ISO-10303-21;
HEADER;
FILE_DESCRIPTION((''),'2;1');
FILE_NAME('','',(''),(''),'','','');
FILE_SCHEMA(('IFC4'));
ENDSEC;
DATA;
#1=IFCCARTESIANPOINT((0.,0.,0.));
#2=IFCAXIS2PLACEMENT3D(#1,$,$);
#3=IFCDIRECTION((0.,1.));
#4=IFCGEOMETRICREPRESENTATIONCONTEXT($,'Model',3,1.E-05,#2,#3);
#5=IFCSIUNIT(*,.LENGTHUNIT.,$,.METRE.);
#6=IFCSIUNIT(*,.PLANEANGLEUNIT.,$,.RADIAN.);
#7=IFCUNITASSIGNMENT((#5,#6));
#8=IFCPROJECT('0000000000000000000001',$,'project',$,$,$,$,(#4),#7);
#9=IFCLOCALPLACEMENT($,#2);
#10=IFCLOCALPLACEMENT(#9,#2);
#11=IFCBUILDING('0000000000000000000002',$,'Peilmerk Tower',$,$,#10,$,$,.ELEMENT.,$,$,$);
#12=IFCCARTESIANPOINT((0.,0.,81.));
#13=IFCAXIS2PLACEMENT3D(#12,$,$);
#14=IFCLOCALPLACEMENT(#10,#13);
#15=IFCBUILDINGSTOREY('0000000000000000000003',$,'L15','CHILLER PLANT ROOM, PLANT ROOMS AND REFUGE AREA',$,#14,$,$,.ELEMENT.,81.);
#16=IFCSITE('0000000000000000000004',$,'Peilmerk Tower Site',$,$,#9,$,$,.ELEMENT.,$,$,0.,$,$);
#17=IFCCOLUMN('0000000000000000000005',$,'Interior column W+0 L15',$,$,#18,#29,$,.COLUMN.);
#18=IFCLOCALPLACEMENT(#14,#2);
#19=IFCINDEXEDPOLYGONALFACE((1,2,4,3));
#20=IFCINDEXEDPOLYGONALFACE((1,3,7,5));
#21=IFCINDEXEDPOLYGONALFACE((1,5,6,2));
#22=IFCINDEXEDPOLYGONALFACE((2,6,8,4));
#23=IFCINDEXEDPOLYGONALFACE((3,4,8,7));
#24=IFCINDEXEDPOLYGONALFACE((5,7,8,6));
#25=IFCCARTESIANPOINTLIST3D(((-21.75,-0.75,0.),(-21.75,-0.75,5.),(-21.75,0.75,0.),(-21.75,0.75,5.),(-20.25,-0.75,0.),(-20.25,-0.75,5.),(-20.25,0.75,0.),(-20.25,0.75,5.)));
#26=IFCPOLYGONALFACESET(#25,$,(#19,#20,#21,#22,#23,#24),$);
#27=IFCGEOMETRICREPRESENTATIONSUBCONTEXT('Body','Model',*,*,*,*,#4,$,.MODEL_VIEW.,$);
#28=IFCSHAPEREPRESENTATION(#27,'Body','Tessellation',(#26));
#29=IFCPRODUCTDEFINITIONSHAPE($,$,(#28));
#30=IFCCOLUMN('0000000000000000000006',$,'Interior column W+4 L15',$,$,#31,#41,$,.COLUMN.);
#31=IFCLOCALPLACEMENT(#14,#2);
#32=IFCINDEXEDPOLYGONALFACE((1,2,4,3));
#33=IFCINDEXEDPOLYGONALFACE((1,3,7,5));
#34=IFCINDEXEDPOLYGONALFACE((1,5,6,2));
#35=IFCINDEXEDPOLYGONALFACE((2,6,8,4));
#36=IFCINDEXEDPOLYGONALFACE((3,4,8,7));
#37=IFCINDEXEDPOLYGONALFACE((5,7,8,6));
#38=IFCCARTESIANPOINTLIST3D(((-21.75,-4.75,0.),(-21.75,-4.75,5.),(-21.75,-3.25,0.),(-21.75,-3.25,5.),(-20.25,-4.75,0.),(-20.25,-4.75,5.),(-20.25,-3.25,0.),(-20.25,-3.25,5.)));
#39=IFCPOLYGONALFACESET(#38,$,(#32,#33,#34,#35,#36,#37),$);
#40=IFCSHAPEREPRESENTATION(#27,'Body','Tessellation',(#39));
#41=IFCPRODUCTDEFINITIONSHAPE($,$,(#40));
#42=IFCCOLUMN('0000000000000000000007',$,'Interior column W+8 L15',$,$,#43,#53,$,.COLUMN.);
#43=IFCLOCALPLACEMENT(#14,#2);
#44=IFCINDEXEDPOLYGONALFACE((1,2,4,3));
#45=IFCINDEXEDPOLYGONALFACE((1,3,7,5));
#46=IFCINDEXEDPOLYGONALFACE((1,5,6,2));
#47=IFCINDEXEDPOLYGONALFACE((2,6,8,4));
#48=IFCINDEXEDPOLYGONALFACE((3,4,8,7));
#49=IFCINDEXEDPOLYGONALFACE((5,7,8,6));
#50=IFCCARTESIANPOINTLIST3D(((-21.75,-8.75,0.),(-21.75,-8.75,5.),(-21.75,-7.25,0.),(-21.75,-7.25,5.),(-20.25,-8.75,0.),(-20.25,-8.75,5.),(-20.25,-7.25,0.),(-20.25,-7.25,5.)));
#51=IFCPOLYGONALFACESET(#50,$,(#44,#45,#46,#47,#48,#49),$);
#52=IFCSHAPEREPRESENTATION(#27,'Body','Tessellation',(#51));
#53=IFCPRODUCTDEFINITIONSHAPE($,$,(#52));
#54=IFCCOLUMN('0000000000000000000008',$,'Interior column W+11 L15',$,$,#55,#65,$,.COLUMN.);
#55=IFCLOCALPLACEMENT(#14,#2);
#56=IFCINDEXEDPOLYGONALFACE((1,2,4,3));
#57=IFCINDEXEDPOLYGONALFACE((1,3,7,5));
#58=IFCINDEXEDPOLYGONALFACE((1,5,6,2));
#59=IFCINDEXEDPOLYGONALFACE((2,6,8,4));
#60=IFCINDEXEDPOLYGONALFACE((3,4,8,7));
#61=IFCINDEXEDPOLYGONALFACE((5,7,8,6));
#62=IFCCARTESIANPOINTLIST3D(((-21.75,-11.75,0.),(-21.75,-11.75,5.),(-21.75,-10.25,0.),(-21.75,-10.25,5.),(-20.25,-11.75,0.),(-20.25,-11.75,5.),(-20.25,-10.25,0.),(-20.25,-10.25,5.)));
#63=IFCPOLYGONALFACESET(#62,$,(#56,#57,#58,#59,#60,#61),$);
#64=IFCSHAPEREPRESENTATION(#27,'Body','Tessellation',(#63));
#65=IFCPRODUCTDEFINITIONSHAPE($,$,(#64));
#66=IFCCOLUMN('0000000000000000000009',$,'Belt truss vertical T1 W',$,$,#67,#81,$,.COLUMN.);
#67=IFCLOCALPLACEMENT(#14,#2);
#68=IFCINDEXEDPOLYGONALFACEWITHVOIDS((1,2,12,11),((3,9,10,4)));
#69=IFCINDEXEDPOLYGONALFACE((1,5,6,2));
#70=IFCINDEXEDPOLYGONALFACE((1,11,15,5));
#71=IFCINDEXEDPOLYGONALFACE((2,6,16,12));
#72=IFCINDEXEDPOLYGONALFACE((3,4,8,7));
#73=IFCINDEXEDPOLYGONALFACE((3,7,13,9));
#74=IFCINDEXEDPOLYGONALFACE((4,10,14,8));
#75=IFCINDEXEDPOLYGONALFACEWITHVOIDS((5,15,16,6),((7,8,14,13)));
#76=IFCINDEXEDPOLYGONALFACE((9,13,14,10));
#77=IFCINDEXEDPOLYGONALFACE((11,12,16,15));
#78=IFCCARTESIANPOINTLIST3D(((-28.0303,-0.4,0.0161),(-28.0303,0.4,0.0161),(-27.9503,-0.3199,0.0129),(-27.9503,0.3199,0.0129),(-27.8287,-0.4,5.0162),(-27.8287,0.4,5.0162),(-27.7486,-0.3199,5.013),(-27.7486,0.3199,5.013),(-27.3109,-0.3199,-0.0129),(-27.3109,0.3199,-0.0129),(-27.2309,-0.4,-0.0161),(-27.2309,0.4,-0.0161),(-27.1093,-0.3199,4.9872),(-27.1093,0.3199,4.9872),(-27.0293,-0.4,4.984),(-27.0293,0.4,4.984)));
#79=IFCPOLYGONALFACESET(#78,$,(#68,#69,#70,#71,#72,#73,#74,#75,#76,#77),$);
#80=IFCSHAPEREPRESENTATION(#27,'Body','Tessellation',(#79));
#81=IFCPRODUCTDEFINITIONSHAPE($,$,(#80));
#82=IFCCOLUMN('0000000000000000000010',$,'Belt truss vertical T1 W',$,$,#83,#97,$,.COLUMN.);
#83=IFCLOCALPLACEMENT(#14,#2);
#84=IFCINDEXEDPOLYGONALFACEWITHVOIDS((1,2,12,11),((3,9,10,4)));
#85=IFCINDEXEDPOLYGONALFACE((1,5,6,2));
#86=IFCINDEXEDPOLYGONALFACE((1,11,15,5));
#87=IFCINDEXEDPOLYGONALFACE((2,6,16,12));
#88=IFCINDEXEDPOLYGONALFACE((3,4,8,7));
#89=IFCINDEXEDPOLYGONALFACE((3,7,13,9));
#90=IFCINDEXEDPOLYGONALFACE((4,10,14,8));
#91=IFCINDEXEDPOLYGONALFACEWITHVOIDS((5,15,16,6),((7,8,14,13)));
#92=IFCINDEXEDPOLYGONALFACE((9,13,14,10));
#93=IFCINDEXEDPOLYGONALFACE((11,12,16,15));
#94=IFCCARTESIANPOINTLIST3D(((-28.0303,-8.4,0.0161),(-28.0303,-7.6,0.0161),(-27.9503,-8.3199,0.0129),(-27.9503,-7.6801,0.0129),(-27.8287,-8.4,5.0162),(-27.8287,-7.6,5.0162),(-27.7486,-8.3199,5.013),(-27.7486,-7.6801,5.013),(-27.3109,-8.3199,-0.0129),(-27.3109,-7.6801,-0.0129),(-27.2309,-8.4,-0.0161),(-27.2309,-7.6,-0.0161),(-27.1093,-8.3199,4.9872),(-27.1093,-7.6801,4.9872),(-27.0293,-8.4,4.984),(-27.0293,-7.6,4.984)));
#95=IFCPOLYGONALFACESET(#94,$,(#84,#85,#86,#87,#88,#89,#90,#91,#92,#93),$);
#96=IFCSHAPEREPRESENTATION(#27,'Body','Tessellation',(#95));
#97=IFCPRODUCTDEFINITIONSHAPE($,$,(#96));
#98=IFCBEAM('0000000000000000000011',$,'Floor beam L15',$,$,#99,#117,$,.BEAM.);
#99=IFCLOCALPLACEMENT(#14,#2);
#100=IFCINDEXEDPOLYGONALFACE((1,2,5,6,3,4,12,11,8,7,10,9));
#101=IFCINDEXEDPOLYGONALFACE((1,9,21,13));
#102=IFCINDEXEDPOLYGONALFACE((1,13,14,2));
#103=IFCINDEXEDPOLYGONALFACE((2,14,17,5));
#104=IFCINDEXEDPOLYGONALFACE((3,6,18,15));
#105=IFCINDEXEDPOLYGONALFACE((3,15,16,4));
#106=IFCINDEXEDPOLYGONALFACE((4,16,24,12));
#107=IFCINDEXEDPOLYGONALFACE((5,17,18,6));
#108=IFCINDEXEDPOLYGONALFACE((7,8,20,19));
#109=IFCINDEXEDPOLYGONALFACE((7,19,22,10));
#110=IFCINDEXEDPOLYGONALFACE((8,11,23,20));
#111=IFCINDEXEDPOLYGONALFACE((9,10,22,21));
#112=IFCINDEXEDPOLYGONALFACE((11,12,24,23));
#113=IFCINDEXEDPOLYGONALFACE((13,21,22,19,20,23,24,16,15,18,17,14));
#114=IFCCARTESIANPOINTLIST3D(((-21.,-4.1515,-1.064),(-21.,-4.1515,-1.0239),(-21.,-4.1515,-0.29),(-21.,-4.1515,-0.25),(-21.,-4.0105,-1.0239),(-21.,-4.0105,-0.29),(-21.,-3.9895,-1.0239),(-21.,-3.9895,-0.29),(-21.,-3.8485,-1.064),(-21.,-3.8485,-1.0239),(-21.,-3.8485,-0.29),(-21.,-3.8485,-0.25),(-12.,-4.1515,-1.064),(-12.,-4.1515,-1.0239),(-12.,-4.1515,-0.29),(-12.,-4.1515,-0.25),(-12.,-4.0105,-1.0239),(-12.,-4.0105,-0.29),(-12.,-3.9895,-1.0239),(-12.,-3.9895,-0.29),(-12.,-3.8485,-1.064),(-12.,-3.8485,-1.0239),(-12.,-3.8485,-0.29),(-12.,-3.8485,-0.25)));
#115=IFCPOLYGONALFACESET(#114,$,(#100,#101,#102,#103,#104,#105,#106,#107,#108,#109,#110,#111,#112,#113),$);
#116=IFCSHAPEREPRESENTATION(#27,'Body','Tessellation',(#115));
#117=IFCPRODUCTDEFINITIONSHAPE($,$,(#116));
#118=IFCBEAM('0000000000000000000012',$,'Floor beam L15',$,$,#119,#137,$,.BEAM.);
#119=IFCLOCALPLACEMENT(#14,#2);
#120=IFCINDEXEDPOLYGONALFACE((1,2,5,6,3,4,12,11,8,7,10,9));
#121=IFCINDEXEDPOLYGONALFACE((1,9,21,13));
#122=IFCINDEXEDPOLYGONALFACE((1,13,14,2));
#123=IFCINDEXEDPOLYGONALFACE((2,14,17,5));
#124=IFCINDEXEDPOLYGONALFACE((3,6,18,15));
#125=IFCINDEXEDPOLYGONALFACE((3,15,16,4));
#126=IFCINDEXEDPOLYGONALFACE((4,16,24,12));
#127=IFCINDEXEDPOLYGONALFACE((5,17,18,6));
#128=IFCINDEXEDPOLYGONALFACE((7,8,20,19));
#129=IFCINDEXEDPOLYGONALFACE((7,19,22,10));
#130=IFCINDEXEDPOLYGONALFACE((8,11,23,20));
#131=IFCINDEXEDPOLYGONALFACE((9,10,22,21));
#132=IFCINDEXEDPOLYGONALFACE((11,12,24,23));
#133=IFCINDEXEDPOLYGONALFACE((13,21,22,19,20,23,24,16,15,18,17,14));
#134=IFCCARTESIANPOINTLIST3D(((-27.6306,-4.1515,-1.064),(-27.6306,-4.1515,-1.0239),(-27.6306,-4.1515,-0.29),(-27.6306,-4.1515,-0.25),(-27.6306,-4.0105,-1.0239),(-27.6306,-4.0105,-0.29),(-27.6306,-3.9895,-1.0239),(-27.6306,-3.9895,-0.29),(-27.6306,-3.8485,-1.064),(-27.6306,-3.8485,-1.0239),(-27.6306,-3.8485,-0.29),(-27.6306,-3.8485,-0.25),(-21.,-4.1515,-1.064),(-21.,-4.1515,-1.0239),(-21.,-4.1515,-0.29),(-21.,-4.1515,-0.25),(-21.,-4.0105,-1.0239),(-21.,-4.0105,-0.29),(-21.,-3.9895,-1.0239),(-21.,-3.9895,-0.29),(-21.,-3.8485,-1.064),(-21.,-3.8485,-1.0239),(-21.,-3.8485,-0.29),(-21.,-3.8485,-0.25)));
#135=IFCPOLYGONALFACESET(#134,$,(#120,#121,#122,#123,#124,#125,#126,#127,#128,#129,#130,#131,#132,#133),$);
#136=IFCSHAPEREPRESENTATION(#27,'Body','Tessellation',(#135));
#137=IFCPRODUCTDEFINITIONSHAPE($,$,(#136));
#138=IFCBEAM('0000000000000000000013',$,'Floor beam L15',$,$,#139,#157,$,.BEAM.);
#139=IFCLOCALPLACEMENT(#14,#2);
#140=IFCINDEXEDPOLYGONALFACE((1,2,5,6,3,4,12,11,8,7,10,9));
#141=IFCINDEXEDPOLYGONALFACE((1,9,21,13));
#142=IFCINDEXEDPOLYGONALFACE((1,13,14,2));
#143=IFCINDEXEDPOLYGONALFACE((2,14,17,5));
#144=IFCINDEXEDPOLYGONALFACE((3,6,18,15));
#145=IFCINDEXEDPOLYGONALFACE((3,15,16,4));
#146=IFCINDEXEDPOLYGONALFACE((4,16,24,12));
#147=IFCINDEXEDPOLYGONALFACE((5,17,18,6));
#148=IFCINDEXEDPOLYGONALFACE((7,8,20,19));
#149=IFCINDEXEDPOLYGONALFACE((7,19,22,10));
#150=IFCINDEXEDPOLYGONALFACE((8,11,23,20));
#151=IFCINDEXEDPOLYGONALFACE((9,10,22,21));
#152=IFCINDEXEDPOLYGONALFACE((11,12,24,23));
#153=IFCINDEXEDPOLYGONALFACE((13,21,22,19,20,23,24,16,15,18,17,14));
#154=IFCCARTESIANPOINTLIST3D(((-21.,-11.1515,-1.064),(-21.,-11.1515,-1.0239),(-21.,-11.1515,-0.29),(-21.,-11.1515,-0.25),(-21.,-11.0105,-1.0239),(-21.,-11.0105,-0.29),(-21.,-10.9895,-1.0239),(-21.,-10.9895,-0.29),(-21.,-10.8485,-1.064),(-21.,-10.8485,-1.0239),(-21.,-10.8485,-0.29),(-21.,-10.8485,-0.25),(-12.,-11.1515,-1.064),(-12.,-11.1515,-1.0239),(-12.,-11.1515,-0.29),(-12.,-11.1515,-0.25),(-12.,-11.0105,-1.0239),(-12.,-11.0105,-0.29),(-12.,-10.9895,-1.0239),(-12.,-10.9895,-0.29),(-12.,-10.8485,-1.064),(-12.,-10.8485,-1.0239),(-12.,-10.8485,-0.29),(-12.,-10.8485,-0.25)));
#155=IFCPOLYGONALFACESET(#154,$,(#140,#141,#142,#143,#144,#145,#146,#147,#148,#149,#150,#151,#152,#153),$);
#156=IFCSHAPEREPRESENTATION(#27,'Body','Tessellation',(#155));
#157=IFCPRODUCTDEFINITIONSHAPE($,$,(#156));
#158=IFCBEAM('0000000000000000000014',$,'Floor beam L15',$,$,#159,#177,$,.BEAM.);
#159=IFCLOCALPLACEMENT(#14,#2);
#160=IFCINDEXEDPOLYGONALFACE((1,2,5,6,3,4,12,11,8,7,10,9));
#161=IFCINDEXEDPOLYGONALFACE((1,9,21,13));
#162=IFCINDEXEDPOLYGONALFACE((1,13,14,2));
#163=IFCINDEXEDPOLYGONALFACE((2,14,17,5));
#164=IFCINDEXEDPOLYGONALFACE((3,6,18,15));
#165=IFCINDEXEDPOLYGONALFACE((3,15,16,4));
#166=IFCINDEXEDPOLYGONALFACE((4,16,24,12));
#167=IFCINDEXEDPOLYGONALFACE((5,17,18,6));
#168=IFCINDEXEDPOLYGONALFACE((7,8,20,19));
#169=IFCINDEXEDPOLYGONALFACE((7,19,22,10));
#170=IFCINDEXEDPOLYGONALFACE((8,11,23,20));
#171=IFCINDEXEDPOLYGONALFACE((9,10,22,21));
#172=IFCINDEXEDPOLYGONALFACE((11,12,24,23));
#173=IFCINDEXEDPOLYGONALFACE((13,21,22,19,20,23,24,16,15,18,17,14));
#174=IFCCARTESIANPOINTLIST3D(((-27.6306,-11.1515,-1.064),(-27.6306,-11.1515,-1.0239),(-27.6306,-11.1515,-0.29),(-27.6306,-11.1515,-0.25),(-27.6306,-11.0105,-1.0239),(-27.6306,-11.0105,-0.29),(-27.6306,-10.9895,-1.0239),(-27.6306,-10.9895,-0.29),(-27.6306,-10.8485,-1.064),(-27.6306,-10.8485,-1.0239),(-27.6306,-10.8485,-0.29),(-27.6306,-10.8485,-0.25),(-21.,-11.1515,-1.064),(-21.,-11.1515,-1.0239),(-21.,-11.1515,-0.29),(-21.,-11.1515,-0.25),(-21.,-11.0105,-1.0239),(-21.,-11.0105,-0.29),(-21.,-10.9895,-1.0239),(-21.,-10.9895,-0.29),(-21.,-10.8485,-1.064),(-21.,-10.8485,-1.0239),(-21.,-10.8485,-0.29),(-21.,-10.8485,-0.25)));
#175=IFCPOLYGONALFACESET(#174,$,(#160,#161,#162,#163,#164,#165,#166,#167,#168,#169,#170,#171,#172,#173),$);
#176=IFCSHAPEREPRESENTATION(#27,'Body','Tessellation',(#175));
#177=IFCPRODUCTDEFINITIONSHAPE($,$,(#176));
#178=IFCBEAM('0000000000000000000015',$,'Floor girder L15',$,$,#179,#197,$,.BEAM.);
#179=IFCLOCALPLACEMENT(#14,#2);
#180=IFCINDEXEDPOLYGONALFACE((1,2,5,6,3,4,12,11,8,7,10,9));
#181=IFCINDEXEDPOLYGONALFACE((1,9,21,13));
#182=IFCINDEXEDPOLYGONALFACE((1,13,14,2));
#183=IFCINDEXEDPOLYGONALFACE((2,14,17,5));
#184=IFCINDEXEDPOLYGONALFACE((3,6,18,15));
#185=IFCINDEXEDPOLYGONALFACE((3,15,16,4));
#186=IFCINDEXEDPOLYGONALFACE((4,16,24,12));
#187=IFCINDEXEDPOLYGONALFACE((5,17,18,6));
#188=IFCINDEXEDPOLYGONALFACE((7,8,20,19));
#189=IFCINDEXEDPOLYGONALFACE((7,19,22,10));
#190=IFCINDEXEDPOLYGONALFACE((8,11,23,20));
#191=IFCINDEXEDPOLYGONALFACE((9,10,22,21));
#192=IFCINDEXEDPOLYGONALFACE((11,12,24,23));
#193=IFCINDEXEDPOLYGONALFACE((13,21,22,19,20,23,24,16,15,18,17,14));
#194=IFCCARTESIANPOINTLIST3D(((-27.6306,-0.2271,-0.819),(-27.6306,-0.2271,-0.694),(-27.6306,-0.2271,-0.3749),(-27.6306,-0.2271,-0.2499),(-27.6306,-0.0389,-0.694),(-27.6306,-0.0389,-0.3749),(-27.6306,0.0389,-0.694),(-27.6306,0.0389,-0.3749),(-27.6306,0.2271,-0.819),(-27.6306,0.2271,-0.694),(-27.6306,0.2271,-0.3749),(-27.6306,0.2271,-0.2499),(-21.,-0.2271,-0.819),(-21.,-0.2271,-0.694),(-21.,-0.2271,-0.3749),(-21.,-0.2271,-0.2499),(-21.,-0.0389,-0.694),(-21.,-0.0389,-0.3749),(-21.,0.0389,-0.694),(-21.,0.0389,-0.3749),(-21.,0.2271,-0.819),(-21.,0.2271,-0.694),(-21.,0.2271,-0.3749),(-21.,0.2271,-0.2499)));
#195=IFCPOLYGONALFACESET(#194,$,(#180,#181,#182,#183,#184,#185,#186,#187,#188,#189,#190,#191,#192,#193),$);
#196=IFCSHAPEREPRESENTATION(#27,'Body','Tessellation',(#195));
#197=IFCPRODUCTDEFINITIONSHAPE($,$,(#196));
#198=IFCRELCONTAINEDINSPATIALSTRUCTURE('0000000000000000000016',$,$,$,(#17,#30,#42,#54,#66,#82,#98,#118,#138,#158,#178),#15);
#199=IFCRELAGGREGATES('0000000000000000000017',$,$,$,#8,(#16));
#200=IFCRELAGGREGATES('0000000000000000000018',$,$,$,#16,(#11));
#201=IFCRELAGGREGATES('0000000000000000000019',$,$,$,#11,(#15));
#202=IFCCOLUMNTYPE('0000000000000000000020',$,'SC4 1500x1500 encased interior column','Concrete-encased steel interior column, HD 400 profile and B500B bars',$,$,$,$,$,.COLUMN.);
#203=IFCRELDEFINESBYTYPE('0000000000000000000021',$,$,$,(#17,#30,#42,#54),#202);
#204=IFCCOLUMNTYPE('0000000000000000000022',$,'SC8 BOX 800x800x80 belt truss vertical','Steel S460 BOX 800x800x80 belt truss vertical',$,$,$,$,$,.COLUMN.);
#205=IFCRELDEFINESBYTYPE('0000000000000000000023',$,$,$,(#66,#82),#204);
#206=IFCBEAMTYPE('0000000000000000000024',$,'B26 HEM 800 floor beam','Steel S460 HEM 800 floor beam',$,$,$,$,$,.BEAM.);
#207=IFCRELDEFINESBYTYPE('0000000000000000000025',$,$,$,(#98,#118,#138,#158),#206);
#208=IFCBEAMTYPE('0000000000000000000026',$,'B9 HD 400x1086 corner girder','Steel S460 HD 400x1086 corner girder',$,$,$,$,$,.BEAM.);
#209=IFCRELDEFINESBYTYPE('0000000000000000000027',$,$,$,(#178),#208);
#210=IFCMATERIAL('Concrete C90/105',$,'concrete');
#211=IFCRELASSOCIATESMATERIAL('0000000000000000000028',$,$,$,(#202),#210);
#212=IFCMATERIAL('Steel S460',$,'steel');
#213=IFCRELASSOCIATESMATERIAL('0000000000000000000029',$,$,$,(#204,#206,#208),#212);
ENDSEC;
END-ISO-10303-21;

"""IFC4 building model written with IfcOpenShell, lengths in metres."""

from ifc_helpers import new_model, si_unit, direction, frame, origin, origin_2d, place, context, subcontext, project, spatial, rectangle, hollow_rectangle, i_section, extrude, material, material_profile, profile_set, type_object, element, save


model = new_model("IFC4")

# Units and contexts
model_context = context("Model", 3, precision=1e-05, world=origin(), true_north=direction((0.0, 1.0)))
body_context = subcontext(model_context, "Body", "Model", "MODEL_VIEW")
ifc_project = project(units=[si_unit("LENGTHUNIT", "METRE"), si_unit("PLANEANGLEUNIT", "RADIAN")], contexts=[model_context])

# Site, building, storey
site_placement = place(None, origin())
site = spatial("IfcSite", under=ifc_project, at=site_placement, Name="Peilmerk Tower Site", CompositionType="ELEMENT", RefElevation=0.0)
building_placement = place(site_placement, origin())
building = spatial("IfcBuilding", under=site, at=building_placement, Name="Peilmerk Tower", CompositionType="ELEMENT")
storey_placement = place(building_placement, frame((0.0, 0.0, 81.0)))
storey = spatial("IfcBuildingStorey", under=building, at=storey_placement, Name="L15", Description="CHILLER PLANT ROOM, PLANT ROOMS AND REFUGE AREA", CompositionType="ELEMENT", Elevation=81.0)

# Columns
ifc_material_1 = material(Name="Concrete C90/105", Category="concrete")
ifc_material_profile_1 = material_profile(ifc_material_1, rectangle(XDim=1.5, YDim=1.5, at=origin_2d()), Name="RC 1500x1500")
ifc_profile_set_1 = profile_set([ifc_material_profile_1], Name="Concrete C90/105")
column_type_1 = type_object("IfcColumnType", Name="SC4 1500x1500 encased interior column", Description="Concrete-encased steel interior column, HD 400 profile and B500B bars", PredefinedType="COLUMN", material=ifc_profile_set_1)
for number, where, z_axis, x_axis, name in (
    (1, (-21.0, 0.0, 0.0), (0.0, 0.0, 1.0), (1.0, 0.0, 0.0), "Interior column W+0 L15"),
    (2, (-21.0, -4.0, 0.0), (0.0, 0.0, 1.0), (1.0, 0.0, 0.0), "Interior column W+4 L15"),
    (3, (-21.0, -8.0, 0.0), (0.0, 0.0, 1.0), (1.0, 0.0, 0.0), "Interior column W+8 L15"),
    (4, (-21.0, -11.0, 0.0), (0.0, 0.0, 1.0), (1.0, 0.0, 0.0), "Interior column W+11 L15"),
):
    element("IfcColumn", number, at=place(storey_placement, frame(where, z_axis=z_axis, x_axis=x_axis)), inside=storey, type_object=column_type_1, Name=name, PredefinedType="COLUMN", context=body_context, shape_type="SweptSolid", body=[
        extrude(rectangle(XDim=1.5, YDim=1.5, at=origin_2d()), origin(), (0.0, 0.0, 1.0), 5.0),
    ])
ifc_material_2 = material(Name="Steel S460", Category="steel")
ifc_material_profile_2 = material_profile(ifc_material_2, hollow_rectangle(XDim=0.8, YDim=0.8, WallThickness=0.0801, at=origin_2d()), Name="BOX 800x800x80")
ifc_profile_set_2 = profile_set([ifc_material_profile_2], Name="Steel S460")
column_type_2 = type_object("IfcColumnType", Name="SC8 BOX 800x800x80 belt truss vertical", Description="Steel S460 BOX 800x800x80 belt truss vertical", PredefinedType="COLUMN", material=ifc_profile_set_2)
for number, where, z_axis, x_axis, name in (
    (5, (-27.6306, 0.0, 0.0), (0.040299, 0.0, 0.999188), (0.0, 1.0, 0.0), "Belt truss vertical T1 W"),
    (6, (-27.6306, -8.0, 0.0), (0.040299, 0.0, 0.999188), (0.0, 1.0, 0.0), "Belt truss vertical T1 W"),
):
    element("IfcColumn", number, at=place(storey_placement, frame(where, z_axis=z_axis, x_axis=x_axis)), inside=storey, type_object=column_type_2, Name=name, PredefinedType="COLUMN", context=body_context, shape_type="SweptSolid", body=[
        extrude(hollow_rectangle(XDim=0.8, YDim=0.8, WallThickness=0.0801, at=origin_2d()), origin(), (0.0, 0.0, 1.0), 5.0042),
    ])

# Beams
ifc_material_profile_3 = material_profile(ifc_material_2, i_section(OverallWidth=0.303, OverallDepth=0.814, WebThickness=0.021, FlangeThickness=0.04, at=origin_2d()), Name="HEM 800")
ifc_profile_set_3 = profile_set([ifc_material_profile_3], Name="Steel S460")
beam_type_1 = type_object("IfcBeamType", Name="B26 HEM 800 floor beam", Description="Steel S460 HEM 800 floor beam", PredefinedType="BEAM", material=ifc_profile_set_3)
beam_1_placement = place(storey_placement, frame((-12.0, -4.0, -0.657), z_axis=(-1.0, 0.0, 0.0), x_axis=(0.0, -1.0, 0.0)))
element("IfcBeam", 7, at=beam_1_placement, inside=storey, type_object=beam_type_1, Name="Floor beam L15", PredefinedType="BEAM", context=body_context, shape_type="SweptSolid", body=[
    extrude(i_section(OverallWidth=0.303, OverallDepth=0.814, WebThickness=0.021, FlangeThickness=0.04, at=origin_2d()), origin(), (0.0, 0.0, 1.0), 9.0),
])
beam_2_placement = place(storey_placement, frame((-21.0, -4.0, -0.657), z_axis=(-1.0, 0.0, 0.0), x_axis=(0.0, -1.0, 0.0)))
element("IfcBeam", 8, at=beam_2_placement, inside=storey, type_object=beam_type_1, Name="Floor beam L15", PredefinedType="BEAM", context=body_context, shape_type="SweptSolid", body=[
    extrude(i_section(OverallWidth=0.303, OverallDepth=0.814, WebThickness=0.021, FlangeThickness=0.04, at=origin_2d()), origin(), (0.0, 0.0, 1.0), 6.6306),
])
beam_3_placement = place(storey_placement, frame((-12.0, -11.0, -0.657), z_axis=(-1.0, 0.0, 0.0), x_axis=(0.0, -1.0, 0.0)))
element("IfcBeam", 9, at=beam_3_placement, inside=storey, type_object=beam_type_1, Name="Floor beam L15", PredefinedType="BEAM", context=body_context, shape_type="SweptSolid", body=[
    extrude(i_section(OverallWidth=0.303, OverallDepth=0.814, WebThickness=0.021, FlangeThickness=0.04, at=origin_2d()), origin(), (0.0, 0.0, 1.0), 9.0),
])
beam_4_placement = place(storey_placement, frame((-21.0, -11.0, -0.657), z_axis=(-1.0, 0.0, 0.0), x_axis=(0.0, -1.0, 0.0)))
element("IfcBeam", 10, at=beam_4_placement, inside=storey, type_object=beam_type_1, Name="Floor beam L15", PredefinedType="BEAM", context=body_context, shape_type="SweptSolid", body=[
    extrude(i_section(OverallWidth=0.303, OverallDepth=0.814, WebThickness=0.021, FlangeThickness=0.04, at=origin_2d()), origin(), (0.0, 0.0, 1.0), 6.6306),
])
ifc_material_profile_4 = material_profile(ifc_material_2, i_section(OverallWidth=0.4541, OverallDepth=0.5691, WebThickness=0.0779, FlangeThickness=0.125, at=origin_2d()), Name="HD 400x1086")
ifc_profile_set_4 = profile_set([ifc_material_profile_4], Name="Steel S460")
beam_type_2 = type_object("IfcBeamType", Name="B9 HD 400x1086 corner girder", Description="Steel S460 HD 400x1086 corner girder", PredefinedType="BEAM", material=ifc_profile_set_4)
beam_5_placement = place(storey_placement, frame((-21.0, 0.0, -0.5344), z_axis=(-1.0, 0.0, 0.0), x_axis=(0.0, -1.0, 0.0)))
element("IfcBeam", 11, at=beam_5_placement, inside=storey, type_object=beam_type_2, Name="Floor girder L15", PredefinedType="BEAM", context=body_context, shape_type="SweptSolid", body=[
    extrude(i_section(OverallWidth=0.4541, OverallDepth=0.5691, WebThickness=0.0779, FlangeThickness=0.125, at=origin_2d()), origin(), (0.0, 0.0, 1.0), 6.6306),
])

save(model, "model.ifc")
